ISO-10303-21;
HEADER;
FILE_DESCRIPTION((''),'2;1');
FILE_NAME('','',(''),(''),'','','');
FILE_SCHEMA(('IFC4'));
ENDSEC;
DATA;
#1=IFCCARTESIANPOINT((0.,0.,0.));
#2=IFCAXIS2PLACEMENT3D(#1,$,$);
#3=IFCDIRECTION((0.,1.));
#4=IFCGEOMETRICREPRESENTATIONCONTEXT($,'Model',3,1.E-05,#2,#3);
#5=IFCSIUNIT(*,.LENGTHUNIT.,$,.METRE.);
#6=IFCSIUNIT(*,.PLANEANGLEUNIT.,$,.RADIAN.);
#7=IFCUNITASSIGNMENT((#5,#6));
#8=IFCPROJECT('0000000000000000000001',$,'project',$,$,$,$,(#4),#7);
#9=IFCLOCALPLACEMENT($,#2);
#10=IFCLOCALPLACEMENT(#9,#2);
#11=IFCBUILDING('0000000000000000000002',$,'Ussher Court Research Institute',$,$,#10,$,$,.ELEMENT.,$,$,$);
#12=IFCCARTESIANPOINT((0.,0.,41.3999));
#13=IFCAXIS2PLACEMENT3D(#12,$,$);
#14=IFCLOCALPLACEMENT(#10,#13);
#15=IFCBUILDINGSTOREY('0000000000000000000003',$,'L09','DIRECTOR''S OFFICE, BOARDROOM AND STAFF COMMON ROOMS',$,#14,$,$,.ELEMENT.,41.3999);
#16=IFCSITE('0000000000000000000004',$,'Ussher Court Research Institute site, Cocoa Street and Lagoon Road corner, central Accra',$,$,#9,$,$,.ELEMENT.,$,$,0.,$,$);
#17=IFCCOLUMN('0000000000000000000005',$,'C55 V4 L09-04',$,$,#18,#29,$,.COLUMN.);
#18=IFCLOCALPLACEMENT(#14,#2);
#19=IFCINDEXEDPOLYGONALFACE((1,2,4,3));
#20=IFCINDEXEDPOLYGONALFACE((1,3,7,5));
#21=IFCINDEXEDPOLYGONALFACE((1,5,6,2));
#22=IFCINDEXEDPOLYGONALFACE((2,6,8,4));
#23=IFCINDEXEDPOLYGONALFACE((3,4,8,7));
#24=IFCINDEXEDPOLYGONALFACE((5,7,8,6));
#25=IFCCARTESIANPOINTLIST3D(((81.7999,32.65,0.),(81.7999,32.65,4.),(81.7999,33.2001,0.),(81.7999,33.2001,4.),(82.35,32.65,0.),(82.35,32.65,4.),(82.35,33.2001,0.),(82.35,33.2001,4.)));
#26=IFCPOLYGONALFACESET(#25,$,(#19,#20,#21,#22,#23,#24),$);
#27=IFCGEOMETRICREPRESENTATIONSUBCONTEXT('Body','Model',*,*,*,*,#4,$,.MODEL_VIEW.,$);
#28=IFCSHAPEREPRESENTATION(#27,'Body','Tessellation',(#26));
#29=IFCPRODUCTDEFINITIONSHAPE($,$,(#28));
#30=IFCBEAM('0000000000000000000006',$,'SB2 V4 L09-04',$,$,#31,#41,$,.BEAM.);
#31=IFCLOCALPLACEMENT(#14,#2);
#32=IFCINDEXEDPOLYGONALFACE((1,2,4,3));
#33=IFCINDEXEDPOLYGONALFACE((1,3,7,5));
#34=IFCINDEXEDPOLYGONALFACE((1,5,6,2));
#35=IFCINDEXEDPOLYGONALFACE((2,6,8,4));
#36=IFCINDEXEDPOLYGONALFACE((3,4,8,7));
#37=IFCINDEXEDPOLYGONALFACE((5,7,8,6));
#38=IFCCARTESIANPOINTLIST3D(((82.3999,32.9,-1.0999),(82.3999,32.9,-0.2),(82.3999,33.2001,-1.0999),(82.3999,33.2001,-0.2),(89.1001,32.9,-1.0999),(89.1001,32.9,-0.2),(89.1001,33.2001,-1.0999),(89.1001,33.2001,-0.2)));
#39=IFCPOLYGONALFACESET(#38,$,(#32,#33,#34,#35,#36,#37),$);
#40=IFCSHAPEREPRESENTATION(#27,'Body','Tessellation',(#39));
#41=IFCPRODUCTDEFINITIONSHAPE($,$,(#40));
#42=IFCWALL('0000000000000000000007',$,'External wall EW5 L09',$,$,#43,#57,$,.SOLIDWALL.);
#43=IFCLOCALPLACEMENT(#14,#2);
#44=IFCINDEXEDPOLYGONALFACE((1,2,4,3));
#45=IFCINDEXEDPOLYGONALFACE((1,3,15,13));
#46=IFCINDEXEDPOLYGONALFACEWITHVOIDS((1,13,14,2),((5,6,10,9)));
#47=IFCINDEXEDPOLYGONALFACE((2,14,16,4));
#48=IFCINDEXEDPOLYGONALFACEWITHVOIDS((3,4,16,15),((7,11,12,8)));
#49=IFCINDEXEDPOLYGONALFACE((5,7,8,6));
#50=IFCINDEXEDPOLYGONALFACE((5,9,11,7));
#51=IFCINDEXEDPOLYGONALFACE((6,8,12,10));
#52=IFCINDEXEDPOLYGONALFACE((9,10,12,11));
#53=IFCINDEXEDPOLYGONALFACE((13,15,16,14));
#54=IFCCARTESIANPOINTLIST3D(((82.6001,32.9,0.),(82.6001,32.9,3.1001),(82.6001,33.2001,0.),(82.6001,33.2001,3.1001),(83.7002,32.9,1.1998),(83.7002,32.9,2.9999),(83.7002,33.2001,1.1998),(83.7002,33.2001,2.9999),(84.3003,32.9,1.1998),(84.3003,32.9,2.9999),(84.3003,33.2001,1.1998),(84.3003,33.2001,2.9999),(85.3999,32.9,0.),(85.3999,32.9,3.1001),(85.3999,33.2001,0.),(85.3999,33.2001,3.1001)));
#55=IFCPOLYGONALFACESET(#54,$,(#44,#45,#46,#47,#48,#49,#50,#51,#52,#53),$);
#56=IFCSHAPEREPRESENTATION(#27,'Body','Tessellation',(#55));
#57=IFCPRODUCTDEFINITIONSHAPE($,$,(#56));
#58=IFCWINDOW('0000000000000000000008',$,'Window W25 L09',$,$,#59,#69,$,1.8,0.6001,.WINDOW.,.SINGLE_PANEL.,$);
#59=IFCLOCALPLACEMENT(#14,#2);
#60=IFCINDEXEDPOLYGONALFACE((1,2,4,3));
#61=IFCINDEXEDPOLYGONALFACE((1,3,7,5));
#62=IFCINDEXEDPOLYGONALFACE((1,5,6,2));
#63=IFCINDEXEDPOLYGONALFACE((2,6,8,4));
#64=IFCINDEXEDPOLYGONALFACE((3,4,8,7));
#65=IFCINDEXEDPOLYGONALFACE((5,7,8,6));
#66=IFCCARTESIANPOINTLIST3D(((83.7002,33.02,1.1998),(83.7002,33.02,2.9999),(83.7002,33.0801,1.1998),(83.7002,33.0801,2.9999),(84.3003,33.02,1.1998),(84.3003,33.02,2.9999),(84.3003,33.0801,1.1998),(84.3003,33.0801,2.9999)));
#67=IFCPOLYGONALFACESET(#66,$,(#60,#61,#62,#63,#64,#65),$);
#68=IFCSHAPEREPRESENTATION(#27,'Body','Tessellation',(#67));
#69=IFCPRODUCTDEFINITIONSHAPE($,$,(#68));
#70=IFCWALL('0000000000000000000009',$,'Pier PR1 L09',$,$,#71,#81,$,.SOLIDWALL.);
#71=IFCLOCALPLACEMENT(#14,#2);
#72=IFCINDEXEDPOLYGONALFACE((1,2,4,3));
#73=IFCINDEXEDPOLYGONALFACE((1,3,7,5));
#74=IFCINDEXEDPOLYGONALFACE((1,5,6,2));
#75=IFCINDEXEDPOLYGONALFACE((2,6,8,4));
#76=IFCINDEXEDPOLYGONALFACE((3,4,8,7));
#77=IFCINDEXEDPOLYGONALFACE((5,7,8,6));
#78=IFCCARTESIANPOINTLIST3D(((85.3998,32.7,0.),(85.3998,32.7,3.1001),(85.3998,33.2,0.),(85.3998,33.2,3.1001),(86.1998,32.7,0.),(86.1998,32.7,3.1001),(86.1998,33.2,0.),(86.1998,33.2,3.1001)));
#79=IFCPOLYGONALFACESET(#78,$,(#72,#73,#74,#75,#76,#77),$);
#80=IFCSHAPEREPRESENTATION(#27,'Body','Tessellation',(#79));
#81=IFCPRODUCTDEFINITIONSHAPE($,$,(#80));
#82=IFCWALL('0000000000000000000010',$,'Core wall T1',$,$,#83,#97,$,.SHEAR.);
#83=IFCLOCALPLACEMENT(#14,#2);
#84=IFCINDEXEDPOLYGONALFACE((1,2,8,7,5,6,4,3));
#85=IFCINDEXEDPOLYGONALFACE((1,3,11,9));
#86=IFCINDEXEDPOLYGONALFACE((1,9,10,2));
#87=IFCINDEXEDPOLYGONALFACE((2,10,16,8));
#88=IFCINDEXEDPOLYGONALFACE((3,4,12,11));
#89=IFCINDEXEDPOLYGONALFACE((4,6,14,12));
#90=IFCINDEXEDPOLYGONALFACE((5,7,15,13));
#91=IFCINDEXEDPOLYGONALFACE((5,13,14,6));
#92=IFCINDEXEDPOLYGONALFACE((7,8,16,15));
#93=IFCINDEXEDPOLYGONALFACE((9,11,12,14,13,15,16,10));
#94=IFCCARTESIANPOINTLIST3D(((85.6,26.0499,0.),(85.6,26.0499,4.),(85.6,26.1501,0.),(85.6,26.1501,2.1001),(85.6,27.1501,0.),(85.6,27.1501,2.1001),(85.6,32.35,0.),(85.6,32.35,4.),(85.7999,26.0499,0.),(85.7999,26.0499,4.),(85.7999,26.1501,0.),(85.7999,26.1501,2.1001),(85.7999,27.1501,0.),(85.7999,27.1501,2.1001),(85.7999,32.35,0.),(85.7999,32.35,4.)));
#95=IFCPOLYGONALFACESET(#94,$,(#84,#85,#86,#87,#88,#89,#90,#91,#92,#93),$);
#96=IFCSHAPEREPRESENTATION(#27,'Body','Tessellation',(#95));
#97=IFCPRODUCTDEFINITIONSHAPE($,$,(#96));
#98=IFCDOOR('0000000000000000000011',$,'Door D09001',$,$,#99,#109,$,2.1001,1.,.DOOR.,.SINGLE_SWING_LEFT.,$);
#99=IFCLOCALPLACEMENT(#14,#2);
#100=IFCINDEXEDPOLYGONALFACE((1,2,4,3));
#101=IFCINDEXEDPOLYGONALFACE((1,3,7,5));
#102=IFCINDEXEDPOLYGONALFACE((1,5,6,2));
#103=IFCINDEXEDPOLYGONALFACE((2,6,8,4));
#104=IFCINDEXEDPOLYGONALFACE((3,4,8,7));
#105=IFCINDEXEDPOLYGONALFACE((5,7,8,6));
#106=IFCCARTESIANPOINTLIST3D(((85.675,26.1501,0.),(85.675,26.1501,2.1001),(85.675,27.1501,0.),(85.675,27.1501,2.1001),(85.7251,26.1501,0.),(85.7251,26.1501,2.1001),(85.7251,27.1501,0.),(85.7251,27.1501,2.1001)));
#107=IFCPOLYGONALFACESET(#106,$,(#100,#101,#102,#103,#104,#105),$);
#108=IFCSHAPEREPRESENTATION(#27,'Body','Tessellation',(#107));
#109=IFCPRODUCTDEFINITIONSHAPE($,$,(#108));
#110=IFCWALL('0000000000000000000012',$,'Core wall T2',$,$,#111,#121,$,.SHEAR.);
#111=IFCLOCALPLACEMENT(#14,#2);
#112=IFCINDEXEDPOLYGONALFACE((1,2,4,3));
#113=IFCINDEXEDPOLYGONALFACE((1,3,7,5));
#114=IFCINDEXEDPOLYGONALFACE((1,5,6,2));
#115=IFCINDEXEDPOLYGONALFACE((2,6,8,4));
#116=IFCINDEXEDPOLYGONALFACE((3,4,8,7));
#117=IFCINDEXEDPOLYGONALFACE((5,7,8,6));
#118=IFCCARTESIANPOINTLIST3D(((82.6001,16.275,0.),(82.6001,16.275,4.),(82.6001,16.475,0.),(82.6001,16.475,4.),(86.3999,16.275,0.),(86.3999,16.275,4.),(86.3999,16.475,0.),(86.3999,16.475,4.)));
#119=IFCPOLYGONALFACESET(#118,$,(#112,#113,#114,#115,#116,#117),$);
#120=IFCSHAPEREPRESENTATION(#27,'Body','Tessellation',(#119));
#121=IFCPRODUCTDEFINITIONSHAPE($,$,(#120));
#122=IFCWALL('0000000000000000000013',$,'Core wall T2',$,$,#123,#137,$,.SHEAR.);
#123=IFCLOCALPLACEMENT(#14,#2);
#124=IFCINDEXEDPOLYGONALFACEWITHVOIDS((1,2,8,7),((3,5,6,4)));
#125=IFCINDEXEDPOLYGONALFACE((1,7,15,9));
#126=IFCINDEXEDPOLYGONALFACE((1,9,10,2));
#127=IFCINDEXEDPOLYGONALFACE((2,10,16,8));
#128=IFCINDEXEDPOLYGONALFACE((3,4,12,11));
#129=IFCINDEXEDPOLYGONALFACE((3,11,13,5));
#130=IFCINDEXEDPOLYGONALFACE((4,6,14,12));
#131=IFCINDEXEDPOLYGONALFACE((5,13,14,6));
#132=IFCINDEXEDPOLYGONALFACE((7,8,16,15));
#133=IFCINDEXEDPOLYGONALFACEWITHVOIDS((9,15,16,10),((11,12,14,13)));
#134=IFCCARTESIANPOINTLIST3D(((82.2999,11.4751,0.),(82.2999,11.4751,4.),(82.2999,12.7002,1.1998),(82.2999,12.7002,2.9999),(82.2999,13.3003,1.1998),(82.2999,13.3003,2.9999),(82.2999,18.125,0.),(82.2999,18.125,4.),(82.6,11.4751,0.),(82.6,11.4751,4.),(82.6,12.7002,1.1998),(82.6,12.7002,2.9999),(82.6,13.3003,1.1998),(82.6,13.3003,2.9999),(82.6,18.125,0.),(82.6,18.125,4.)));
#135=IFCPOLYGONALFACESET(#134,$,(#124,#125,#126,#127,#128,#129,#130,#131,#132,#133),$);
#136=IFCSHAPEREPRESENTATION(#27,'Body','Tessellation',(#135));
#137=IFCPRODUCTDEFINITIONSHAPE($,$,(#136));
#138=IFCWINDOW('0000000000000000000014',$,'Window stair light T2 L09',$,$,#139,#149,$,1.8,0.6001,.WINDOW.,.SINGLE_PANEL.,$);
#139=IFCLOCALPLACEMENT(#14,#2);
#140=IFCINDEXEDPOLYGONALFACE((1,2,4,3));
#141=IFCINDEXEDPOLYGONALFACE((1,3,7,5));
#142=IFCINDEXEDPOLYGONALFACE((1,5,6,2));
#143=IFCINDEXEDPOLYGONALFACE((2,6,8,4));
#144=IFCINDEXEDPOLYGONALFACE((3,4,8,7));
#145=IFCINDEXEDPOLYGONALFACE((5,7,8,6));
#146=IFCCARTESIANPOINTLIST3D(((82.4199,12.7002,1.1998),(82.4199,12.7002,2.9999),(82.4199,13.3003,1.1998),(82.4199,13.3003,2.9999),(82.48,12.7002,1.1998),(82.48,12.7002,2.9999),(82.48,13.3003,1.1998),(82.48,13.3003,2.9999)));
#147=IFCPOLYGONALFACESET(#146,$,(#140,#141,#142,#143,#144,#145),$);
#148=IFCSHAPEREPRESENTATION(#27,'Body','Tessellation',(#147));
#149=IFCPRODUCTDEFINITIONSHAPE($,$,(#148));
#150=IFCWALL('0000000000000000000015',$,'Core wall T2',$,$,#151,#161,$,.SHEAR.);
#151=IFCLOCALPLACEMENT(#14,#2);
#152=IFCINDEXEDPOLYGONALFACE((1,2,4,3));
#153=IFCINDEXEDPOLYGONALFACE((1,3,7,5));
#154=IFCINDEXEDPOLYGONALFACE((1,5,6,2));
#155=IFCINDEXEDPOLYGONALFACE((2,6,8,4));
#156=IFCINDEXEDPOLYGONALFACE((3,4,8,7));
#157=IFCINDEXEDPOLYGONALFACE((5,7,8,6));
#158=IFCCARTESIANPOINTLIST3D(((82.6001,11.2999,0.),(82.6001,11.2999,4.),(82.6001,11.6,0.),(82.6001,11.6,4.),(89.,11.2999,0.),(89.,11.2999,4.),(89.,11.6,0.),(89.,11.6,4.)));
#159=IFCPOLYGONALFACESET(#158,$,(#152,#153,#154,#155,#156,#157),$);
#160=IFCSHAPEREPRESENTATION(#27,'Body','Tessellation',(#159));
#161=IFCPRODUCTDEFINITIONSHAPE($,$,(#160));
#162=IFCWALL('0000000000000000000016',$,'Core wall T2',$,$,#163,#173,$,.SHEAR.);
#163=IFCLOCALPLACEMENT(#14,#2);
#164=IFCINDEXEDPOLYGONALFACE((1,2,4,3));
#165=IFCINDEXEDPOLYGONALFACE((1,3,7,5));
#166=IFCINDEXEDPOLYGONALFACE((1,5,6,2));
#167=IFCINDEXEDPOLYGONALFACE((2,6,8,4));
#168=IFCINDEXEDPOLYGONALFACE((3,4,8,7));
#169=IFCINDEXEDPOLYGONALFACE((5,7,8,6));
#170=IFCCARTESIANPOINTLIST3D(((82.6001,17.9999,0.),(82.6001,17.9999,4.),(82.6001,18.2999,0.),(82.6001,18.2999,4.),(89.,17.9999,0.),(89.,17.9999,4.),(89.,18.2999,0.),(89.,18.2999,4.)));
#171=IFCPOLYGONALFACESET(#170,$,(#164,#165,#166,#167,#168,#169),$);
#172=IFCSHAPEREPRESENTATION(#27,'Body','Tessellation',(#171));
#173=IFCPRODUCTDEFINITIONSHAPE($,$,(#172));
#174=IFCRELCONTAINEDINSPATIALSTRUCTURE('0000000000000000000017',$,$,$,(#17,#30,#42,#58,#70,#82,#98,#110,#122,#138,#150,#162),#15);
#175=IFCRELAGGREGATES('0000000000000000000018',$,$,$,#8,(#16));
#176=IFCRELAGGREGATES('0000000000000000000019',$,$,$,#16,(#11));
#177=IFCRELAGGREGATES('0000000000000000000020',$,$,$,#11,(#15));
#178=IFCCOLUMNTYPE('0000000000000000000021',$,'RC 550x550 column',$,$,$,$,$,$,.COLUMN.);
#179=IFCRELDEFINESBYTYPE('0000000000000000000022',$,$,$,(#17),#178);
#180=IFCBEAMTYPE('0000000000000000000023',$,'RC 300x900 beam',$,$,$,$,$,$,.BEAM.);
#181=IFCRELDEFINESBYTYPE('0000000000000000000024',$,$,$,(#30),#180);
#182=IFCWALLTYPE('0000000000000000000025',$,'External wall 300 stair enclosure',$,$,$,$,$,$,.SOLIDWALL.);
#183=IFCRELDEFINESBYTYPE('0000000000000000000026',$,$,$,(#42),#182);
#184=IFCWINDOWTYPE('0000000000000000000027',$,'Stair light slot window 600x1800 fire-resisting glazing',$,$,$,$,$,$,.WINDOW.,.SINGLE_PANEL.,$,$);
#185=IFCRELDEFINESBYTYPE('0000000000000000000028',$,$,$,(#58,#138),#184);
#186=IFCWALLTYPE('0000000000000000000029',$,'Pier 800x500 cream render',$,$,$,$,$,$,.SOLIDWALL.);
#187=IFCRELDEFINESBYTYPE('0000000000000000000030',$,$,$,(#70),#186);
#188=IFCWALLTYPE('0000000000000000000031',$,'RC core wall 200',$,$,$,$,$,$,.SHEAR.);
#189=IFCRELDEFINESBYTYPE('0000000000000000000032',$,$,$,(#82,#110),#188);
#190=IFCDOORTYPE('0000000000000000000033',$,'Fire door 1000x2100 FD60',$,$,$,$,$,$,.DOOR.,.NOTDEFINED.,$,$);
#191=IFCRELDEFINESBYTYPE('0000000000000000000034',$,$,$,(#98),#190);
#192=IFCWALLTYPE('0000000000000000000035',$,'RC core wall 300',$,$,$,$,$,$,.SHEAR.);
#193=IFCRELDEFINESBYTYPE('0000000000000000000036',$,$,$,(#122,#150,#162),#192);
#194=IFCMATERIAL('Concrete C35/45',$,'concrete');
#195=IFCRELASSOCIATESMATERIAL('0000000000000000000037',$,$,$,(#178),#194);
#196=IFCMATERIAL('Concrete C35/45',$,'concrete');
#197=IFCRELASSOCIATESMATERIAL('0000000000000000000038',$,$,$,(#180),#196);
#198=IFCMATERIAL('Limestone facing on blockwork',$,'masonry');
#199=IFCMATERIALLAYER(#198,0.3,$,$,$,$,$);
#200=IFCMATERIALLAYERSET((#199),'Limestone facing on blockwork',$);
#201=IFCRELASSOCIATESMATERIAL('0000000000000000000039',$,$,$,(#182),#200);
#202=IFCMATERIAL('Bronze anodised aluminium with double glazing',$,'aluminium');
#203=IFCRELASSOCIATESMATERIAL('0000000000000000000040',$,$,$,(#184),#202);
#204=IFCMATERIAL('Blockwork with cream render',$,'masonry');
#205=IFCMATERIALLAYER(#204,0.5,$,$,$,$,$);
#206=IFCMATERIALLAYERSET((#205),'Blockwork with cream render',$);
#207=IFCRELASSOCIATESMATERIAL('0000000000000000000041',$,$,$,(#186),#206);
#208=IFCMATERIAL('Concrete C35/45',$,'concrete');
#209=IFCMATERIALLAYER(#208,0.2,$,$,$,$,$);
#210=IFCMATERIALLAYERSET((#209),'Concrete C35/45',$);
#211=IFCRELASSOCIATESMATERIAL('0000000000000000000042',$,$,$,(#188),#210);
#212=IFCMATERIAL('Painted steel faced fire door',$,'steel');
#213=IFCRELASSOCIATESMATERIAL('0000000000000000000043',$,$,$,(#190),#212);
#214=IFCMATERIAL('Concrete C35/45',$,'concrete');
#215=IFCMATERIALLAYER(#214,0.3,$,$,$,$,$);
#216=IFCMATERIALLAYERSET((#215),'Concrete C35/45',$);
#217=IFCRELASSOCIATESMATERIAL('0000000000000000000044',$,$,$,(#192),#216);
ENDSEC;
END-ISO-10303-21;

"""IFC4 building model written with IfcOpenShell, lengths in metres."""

from ifc_helpers import new_model, si_unit, direction, frame, frame_2d, origin, origin_2d, place, context, subcontext, project, spatial, rectangle, extrude, material, layer, layer_set, material_profile, profile_set, type_object, element, fill, save


model = new_model("IFC4")

# Units and contexts
model_context = context("Model", 3, precision=1e-05, world=origin(), true_north=direction((0.0, 1.0)))
body_context = subcontext(model_context, "Body", "Model", "MODEL_VIEW")
ifc_project = project(units=[si_unit("LENGTHUNIT", "METRE"), si_unit("PLANEANGLEUNIT", "RADIAN")], contexts=[model_context])

# Site, building, storey
site_placement = place(None, origin())
site = spatial("IfcSite", under=ifc_project, at=site_placement, Name="Ussher Court Research Institute site, Cocoa Street and Lagoon Road corner, central Accra", CompositionType="ELEMENT", RefElevation=0.0)
building_placement = place(site_placement, origin())
building = spatial("IfcBuilding", under=site, at=building_placement, Name="Ussher Court Research Institute", CompositionType="ELEMENT")
storey_placement = place(building_placement, frame((0.0, 0.0, 41.3999)))
storey = spatial("IfcBuildingStorey", under=building, at=storey_placement, Name="L09", Description="DIRECTOR'S OFFICE, BOARDROOM AND STAFF COMMON ROOMS", CompositionType="ELEMENT", Elevation=41.3999)

# Column
ifc_material_1 = material(Name="Concrete C35/45", Category="concrete")
ifc_material_profile_1 = material_profile(ifc_material_1, rectangle(XDim=0.55, YDim=0.55, at=origin_2d()), Name="RC 550x550")
ifc_profile_set_1 = profile_set([ifc_material_profile_1], Name="Concrete C35/45")
column_type = type_object("IfcColumnType", Name="RC 550x550 column", PredefinedType="COLUMN", material=ifc_profile_set_1)
column_placement = place(storey_placement, frame((82.075, 32.925, 0.0), z_axis=(0.0, 0.0, 1.0), x_axis=(1.0, 0.0, 0.0)))
element("IfcColumn", 1, at=column_placement, inside=storey, type_object=column_type, Name="C55 V4 L09-04", PredefinedType="COLUMN", context=body_context, shape_type="SweptSolid", body=[
    extrude(rectangle(XDim=0.55, YDim=0.55, at=origin_2d()), origin(), (0.0, 0.0, 1.0), 4.0),
])

# Beam
ifc_material_2 = material(Name="Concrete C35/45", Category="concrete")
ifc_material_profile_2 = material_profile(ifc_material_2, rectangle(XDim=0.3, YDim=0.8999, at=origin_2d()), Name="RC 300x900")
ifc_profile_set_2 = profile_set([ifc_material_profile_2], Name="Concrete C35/45")
beam_type = type_object("IfcBeamType", Name="RC 300x900 beam", PredefinedType="BEAM", material=ifc_profile_set_2)
beam_placement = place(storey_placement, frame((82.3999, 33.05, -0.6499), z_axis=(1.0, 0.0, 0.0), x_axis=(0.0, 1.0, 0.0)))
element("IfcBeam", 2, at=beam_placement, inside=storey, type_object=beam_type, Name="SB2 V4 L09-04", PredefinedType="BEAM", context=body_context, shape_type="SweptSolid", body=[
    extrude(rectangle(XDim=0.3, YDim=0.8999, at=origin_2d()), origin(), (0.0, 0.0, 1.0), 6.7002),
])

# Wall, opening, window
ifc_material_3 = material(Name="Limestone facing on blockwork", Category="masonry")
ifc_layer_1 = layer(ifc_material_3, 0.3)
ifc_layer_set_1 = layer_set([ifc_layer_1], Name="Limestone facing on blockwork")
wall_type_1 = type_object("IfcWallType", Name="External wall 300 stair enclosure", PredefinedType="SOLIDWALL", material=ifc_layer_set_1)
wall_1_placement = place(storey_placement, frame((82.6001, 33.05, 0.0), z_axis=(0.0, 0.0, 1.0), x_axis=(1.0, 0.0, 0.0)))
wall_1 = element("IfcWall", 3, at=wall_1_placement, inside=storey, type_object=wall_type_1, Name="External wall EW5 L09", PredefinedType="SOLIDWALL", context=body_context, shape_type="SweptSolid", body=[
    extrude(rectangle(XDim=2.7998, YDim=0.3, at=frame_2d((1.3999, 0.0))), origin(), (0.0, 0.0, 1.0), 3.1001),
])
opening_1_placement = place(wall_1_placement, frame((1.1001, 0.0, 1.2)))
opening_1 = element("IfcOpeningElement", 4, at=opening_1_placement, cuts=wall_1, PredefinedType="OPENING", context=body_context, shape_type="SweptSolid", body=[
    extrude(rectangle(XDim=0.6001, YDim=1.8, at=frame_2d((0.3, 0.8999))), frame((0.0, 0.1602, 0.0), z_axis=(0.0, -1.0, 0.0), x_axis=(1.0, 0.0, 0.0)), (0.0, 0.0, 1.0), 0.3201),
])
ifc_material_4 = material(Name="Bronze anodised aluminium with double glazing", Category="aluminium")
window_type = type_object("IfcWindowType", Name="Stair light slot window 600x1800 fire-resisting glazing", PartitioningType="SINGLE_PANEL", PredefinedType="WINDOW", material=ifc_material_4)
window_1_placement = place(opening_1_placement, origin())
window_1 = element("IfcWindow", 5, at=window_1_placement, inside=storey, type_object=window_type, Name="Window W25 L09", OverallHeight=1.8, OverallWidth=0.6001, PartitioningType="SINGLE_PANEL", PredefinedType="WINDOW", context=body_context, shape_type="SweptSolid", body=[
    extrude(rectangle(XDim=0.6001, YDim=1.8, at=frame_2d((0.3, 0.8999))), frame((0.0, 0.03, 0.0), z_axis=(0.0, -1.0, 0.0), x_axis=(1.0, 0.0, 0.0)), (0.0, 0.0, 1.0), 0.0601),
])
fill(opening_1, window_1)

# Wall
ifc_material_5 = material(Name="Blockwork with cream render", Category="masonry")
ifc_layer_2 = layer(ifc_material_5, 0.5)
ifc_layer_set_2 = layer_set([ifc_layer_2], Name="Blockwork with cream render")
wall_type_2 = type_object("IfcWallType", Name="Pier 800x500 cream render", PredefinedType="SOLIDWALL", material=ifc_layer_set_2)
wall_2_placement = place(storey_placement, frame((85.3999, 32.95, 0.0), z_axis=(0.0, 0.0, 1.0), x_axis=(1.0, 0.0, 0.0)))
element("IfcWall", 6, at=wall_2_placement, inside=storey, type_object=wall_type_2, Name="Pier PR1 L09", PredefinedType="SOLIDWALL", context=body_context, shape_type="SweptSolid", body=[
    extrude(rectangle(XDim=0.8, YDim=0.5, at=frame_2d((0.3999, 0.0))), origin(), (0.0, 0.0, 1.0), 3.1001),
])

# Wall, opening, door
ifc_material_6 = material(Name="Concrete C35/45", Category="concrete")
ifc_layer_3 = layer(ifc_material_6, 0.2)
ifc_layer_set_3 = layer_set([ifc_layer_3], Name="Concrete C35/45")
wall_type_3 = type_object("IfcWallType", Name="RC core wall 200", PredefinedType="SHEAR", material=ifc_layer_set_3)
wall_3_placement = place(storey_placement, frame((85.7, 26.05, 0.0), z_axis=(0.0, 0.0, 1.0), x_axis=(0.0, 1.0, 0.0)))
wall_3 = element("IfcWall", 7, at=wall_3_placement, inside=storey, type_object=wall_type_3, Name="Core wall T1", PredefinedType="SHEAR", context=body_context, shape_type="SweptSolid", body=[
    extrude(rectangle(XDim=6.3, YDim=0.2, at=frame_2d((3.1499, 0.0))), origin(), (0.0, 0.0, 1.0), 4.0),
])
opening_2_placement = place(wall_3_placement, frame((0.1001, 0.0, 0.0)))
opening_2 = element("IfcOpeningElement", 8, at=opening_2_placement, cuts=wall_3, PredefinedType="OPENING", context=body_context, shape_type="SweptSolid", body=[
    extrude(rectangle(XDim=1.0, YDim=2.1001, at=frame_2d((0.5, 1.05))), frame((0.0, 0.1099, 0.0), z_axis=(0.0, -1.0, 0.0), x_axis=(1.0, 0.0, 0.0)), (0.0, 0.0, 1.0), 0.22),
])
ifc_material_7 = material(Name="Painted steel faced fire door", Category="steel")
door_type_1 = type_object("IfcDoorType", Name="Fire door 1000x2100 FD60", OperationType="NOTDEFINED", PredefinedType="DOOR", material=ifc_material_7)
door_1_placement = place(opening_2_placement, origin())
door_1 = element("IfcDoor", 9, at=door_1_placement, inside=storey, type_object=door_type_1, Name="Door D09001", OperationType="SINGLE_SWING_LEFT", OverallHeight=2.1001, OverallWidth=1.0, PredefinedType="DOOR", context=body_context, shape_type="SweptSolid", body=[
    extrude(rectangle(XDim=1.0, YDim=2.1001, at=frame_2d((0.5, 1.05))), frame((0.0, 0.0249, 0.0), z_axis=(0.0, -1.0, 0.0), x_axis=(1.0, 0.0, 0.0)), (0.0, 0.0, 1.0), 0.05),
])
fill(opening_2, door_1)

# Wall
wall_4_placement = place(storey_placement, frame((82.6001, 16.375, 0.0), z_axis=(0.0, 0.0, 1.0), x_axis=(1.0, 0.0, 0.0)))
element("IfcWall", 10, at=wall_4_placement, inside=storey, type_object=wall_type_3, Name="Core wall T2", PredefinedType="SHEAR", context=body_context, shape_type="SweptSolid", body=[
    extrude(rectangle(XDim=3.7998, YDim=0.2, at=frame_2d((1.8999, 0.0))), origin(), (0.0, 0.0, 1.0), 4.0),
])

# Wall, opening, window
ifc_material_8 = material(Name="Concrete C35/45", Category="concrete")
ifc_layer_4 = layer(ifc_material_8, 0.3)
ifc_layer_set_4 = layer_set([ifc_layer_4], Name="Concrete C35/45")
wall_type_4 = type_object("IfcWallType", Name="RC core wall 300", PredefinedType="SHEAR", material=ifc_layer_set_4)
wall_5_placement = place(storey_placement, frame((82.45, 11.4751, 0.0), z_axis=(0.0, 0.0, 1.0), x_axis=(0.0, 1.0, 0.0)))
wall_5 = element("IfcWall", 11, at=wall_5_placement, inside=storey, type_object=wall_type_4, Name="Core wall T2", PredefinedType="SHEAR", context=body_context, shape_type="SweptSolid", body=[
    extrude(rectangle(XDim=6.6499, YDim=0.3, at=frame_2d((3.325, 0.0))), origin(), (0.0, 0.0, 1.0), 4.0),
])
opening_3_placement = place(wall_5_placement, frame((1.2251, 0.0, 1.2)))
opening_3 = element("IfcOpeningElement", 12, at=opening_3_placement, cuts=wall_5, PredefinedType="OPENING", context=body_context, shape_type="SweptSolid", body=[
    extrude(rectangle(XDim=0.6001, YDim=1.8, at=frame_2d((0.3, 0.8999))), frame((0.0, 0.1602, 0.0), z_axis=(0.0, -1.0, 0.0), x_axis=(1.0, 0.0, 0.0)), (0.0, 0.0, 1.0), 0.3201),
])
window_2_placement = place(opening_3_placement, origin())
window_2 = element("IfcWindow", 13, at=window_2_placement, inside=storey, type_object=window_type, Name="Window stair light T2 L09", OverallHeight=1.8, OverallWidth=0.6001, PartitioningType="SINGLE_PANEL", PredefinedType="WINDOW", context=body_context, shape_type="SweptSolid", body=[
    extrude(rectangle(XDim=0.6001, YDim=1.8, at=frame_2d((0.3, 0.8999))), frame((0.0, 0.03, 0.0), z_axis=(0.0, -1.0, 0.0), x_axis=(1.0, 0.0, 0.0)), (0.0, 0.0, 1.0), 0.0601),
])
fill(opening_3, window_2)

# Walls
for number, where, z_axis, x_axis, name in (
    (14, (82.6001, 11.45, 0.0), (0.0, 0.0, 1.0), (1.0, 0.0, 0.0), "Core wall T2"),
    (15, (82.6001, 18.1499, 0.0), (0.0, 0.0, 1.0), (1.0, 0.0, 0.0), "Core wall T2"),
):
    element("IfcWall", number, at=place(storey_placement, frame(where, z_axis=z_axis, x_axis=x_axis)), inside=storey, type_object=wall_type_4, Name=name, PredefinedType="SHEAR", context=body_context, shape_type="SweptSolid", body=[
        extrude(rectangle(XDim=6.3999, YDim=0.3, at=frame_2d((3.2, 0.0))), origin(), (0.0, 0.0, 1.0), 4.0),
    ])

save(model, "model.ifc")
